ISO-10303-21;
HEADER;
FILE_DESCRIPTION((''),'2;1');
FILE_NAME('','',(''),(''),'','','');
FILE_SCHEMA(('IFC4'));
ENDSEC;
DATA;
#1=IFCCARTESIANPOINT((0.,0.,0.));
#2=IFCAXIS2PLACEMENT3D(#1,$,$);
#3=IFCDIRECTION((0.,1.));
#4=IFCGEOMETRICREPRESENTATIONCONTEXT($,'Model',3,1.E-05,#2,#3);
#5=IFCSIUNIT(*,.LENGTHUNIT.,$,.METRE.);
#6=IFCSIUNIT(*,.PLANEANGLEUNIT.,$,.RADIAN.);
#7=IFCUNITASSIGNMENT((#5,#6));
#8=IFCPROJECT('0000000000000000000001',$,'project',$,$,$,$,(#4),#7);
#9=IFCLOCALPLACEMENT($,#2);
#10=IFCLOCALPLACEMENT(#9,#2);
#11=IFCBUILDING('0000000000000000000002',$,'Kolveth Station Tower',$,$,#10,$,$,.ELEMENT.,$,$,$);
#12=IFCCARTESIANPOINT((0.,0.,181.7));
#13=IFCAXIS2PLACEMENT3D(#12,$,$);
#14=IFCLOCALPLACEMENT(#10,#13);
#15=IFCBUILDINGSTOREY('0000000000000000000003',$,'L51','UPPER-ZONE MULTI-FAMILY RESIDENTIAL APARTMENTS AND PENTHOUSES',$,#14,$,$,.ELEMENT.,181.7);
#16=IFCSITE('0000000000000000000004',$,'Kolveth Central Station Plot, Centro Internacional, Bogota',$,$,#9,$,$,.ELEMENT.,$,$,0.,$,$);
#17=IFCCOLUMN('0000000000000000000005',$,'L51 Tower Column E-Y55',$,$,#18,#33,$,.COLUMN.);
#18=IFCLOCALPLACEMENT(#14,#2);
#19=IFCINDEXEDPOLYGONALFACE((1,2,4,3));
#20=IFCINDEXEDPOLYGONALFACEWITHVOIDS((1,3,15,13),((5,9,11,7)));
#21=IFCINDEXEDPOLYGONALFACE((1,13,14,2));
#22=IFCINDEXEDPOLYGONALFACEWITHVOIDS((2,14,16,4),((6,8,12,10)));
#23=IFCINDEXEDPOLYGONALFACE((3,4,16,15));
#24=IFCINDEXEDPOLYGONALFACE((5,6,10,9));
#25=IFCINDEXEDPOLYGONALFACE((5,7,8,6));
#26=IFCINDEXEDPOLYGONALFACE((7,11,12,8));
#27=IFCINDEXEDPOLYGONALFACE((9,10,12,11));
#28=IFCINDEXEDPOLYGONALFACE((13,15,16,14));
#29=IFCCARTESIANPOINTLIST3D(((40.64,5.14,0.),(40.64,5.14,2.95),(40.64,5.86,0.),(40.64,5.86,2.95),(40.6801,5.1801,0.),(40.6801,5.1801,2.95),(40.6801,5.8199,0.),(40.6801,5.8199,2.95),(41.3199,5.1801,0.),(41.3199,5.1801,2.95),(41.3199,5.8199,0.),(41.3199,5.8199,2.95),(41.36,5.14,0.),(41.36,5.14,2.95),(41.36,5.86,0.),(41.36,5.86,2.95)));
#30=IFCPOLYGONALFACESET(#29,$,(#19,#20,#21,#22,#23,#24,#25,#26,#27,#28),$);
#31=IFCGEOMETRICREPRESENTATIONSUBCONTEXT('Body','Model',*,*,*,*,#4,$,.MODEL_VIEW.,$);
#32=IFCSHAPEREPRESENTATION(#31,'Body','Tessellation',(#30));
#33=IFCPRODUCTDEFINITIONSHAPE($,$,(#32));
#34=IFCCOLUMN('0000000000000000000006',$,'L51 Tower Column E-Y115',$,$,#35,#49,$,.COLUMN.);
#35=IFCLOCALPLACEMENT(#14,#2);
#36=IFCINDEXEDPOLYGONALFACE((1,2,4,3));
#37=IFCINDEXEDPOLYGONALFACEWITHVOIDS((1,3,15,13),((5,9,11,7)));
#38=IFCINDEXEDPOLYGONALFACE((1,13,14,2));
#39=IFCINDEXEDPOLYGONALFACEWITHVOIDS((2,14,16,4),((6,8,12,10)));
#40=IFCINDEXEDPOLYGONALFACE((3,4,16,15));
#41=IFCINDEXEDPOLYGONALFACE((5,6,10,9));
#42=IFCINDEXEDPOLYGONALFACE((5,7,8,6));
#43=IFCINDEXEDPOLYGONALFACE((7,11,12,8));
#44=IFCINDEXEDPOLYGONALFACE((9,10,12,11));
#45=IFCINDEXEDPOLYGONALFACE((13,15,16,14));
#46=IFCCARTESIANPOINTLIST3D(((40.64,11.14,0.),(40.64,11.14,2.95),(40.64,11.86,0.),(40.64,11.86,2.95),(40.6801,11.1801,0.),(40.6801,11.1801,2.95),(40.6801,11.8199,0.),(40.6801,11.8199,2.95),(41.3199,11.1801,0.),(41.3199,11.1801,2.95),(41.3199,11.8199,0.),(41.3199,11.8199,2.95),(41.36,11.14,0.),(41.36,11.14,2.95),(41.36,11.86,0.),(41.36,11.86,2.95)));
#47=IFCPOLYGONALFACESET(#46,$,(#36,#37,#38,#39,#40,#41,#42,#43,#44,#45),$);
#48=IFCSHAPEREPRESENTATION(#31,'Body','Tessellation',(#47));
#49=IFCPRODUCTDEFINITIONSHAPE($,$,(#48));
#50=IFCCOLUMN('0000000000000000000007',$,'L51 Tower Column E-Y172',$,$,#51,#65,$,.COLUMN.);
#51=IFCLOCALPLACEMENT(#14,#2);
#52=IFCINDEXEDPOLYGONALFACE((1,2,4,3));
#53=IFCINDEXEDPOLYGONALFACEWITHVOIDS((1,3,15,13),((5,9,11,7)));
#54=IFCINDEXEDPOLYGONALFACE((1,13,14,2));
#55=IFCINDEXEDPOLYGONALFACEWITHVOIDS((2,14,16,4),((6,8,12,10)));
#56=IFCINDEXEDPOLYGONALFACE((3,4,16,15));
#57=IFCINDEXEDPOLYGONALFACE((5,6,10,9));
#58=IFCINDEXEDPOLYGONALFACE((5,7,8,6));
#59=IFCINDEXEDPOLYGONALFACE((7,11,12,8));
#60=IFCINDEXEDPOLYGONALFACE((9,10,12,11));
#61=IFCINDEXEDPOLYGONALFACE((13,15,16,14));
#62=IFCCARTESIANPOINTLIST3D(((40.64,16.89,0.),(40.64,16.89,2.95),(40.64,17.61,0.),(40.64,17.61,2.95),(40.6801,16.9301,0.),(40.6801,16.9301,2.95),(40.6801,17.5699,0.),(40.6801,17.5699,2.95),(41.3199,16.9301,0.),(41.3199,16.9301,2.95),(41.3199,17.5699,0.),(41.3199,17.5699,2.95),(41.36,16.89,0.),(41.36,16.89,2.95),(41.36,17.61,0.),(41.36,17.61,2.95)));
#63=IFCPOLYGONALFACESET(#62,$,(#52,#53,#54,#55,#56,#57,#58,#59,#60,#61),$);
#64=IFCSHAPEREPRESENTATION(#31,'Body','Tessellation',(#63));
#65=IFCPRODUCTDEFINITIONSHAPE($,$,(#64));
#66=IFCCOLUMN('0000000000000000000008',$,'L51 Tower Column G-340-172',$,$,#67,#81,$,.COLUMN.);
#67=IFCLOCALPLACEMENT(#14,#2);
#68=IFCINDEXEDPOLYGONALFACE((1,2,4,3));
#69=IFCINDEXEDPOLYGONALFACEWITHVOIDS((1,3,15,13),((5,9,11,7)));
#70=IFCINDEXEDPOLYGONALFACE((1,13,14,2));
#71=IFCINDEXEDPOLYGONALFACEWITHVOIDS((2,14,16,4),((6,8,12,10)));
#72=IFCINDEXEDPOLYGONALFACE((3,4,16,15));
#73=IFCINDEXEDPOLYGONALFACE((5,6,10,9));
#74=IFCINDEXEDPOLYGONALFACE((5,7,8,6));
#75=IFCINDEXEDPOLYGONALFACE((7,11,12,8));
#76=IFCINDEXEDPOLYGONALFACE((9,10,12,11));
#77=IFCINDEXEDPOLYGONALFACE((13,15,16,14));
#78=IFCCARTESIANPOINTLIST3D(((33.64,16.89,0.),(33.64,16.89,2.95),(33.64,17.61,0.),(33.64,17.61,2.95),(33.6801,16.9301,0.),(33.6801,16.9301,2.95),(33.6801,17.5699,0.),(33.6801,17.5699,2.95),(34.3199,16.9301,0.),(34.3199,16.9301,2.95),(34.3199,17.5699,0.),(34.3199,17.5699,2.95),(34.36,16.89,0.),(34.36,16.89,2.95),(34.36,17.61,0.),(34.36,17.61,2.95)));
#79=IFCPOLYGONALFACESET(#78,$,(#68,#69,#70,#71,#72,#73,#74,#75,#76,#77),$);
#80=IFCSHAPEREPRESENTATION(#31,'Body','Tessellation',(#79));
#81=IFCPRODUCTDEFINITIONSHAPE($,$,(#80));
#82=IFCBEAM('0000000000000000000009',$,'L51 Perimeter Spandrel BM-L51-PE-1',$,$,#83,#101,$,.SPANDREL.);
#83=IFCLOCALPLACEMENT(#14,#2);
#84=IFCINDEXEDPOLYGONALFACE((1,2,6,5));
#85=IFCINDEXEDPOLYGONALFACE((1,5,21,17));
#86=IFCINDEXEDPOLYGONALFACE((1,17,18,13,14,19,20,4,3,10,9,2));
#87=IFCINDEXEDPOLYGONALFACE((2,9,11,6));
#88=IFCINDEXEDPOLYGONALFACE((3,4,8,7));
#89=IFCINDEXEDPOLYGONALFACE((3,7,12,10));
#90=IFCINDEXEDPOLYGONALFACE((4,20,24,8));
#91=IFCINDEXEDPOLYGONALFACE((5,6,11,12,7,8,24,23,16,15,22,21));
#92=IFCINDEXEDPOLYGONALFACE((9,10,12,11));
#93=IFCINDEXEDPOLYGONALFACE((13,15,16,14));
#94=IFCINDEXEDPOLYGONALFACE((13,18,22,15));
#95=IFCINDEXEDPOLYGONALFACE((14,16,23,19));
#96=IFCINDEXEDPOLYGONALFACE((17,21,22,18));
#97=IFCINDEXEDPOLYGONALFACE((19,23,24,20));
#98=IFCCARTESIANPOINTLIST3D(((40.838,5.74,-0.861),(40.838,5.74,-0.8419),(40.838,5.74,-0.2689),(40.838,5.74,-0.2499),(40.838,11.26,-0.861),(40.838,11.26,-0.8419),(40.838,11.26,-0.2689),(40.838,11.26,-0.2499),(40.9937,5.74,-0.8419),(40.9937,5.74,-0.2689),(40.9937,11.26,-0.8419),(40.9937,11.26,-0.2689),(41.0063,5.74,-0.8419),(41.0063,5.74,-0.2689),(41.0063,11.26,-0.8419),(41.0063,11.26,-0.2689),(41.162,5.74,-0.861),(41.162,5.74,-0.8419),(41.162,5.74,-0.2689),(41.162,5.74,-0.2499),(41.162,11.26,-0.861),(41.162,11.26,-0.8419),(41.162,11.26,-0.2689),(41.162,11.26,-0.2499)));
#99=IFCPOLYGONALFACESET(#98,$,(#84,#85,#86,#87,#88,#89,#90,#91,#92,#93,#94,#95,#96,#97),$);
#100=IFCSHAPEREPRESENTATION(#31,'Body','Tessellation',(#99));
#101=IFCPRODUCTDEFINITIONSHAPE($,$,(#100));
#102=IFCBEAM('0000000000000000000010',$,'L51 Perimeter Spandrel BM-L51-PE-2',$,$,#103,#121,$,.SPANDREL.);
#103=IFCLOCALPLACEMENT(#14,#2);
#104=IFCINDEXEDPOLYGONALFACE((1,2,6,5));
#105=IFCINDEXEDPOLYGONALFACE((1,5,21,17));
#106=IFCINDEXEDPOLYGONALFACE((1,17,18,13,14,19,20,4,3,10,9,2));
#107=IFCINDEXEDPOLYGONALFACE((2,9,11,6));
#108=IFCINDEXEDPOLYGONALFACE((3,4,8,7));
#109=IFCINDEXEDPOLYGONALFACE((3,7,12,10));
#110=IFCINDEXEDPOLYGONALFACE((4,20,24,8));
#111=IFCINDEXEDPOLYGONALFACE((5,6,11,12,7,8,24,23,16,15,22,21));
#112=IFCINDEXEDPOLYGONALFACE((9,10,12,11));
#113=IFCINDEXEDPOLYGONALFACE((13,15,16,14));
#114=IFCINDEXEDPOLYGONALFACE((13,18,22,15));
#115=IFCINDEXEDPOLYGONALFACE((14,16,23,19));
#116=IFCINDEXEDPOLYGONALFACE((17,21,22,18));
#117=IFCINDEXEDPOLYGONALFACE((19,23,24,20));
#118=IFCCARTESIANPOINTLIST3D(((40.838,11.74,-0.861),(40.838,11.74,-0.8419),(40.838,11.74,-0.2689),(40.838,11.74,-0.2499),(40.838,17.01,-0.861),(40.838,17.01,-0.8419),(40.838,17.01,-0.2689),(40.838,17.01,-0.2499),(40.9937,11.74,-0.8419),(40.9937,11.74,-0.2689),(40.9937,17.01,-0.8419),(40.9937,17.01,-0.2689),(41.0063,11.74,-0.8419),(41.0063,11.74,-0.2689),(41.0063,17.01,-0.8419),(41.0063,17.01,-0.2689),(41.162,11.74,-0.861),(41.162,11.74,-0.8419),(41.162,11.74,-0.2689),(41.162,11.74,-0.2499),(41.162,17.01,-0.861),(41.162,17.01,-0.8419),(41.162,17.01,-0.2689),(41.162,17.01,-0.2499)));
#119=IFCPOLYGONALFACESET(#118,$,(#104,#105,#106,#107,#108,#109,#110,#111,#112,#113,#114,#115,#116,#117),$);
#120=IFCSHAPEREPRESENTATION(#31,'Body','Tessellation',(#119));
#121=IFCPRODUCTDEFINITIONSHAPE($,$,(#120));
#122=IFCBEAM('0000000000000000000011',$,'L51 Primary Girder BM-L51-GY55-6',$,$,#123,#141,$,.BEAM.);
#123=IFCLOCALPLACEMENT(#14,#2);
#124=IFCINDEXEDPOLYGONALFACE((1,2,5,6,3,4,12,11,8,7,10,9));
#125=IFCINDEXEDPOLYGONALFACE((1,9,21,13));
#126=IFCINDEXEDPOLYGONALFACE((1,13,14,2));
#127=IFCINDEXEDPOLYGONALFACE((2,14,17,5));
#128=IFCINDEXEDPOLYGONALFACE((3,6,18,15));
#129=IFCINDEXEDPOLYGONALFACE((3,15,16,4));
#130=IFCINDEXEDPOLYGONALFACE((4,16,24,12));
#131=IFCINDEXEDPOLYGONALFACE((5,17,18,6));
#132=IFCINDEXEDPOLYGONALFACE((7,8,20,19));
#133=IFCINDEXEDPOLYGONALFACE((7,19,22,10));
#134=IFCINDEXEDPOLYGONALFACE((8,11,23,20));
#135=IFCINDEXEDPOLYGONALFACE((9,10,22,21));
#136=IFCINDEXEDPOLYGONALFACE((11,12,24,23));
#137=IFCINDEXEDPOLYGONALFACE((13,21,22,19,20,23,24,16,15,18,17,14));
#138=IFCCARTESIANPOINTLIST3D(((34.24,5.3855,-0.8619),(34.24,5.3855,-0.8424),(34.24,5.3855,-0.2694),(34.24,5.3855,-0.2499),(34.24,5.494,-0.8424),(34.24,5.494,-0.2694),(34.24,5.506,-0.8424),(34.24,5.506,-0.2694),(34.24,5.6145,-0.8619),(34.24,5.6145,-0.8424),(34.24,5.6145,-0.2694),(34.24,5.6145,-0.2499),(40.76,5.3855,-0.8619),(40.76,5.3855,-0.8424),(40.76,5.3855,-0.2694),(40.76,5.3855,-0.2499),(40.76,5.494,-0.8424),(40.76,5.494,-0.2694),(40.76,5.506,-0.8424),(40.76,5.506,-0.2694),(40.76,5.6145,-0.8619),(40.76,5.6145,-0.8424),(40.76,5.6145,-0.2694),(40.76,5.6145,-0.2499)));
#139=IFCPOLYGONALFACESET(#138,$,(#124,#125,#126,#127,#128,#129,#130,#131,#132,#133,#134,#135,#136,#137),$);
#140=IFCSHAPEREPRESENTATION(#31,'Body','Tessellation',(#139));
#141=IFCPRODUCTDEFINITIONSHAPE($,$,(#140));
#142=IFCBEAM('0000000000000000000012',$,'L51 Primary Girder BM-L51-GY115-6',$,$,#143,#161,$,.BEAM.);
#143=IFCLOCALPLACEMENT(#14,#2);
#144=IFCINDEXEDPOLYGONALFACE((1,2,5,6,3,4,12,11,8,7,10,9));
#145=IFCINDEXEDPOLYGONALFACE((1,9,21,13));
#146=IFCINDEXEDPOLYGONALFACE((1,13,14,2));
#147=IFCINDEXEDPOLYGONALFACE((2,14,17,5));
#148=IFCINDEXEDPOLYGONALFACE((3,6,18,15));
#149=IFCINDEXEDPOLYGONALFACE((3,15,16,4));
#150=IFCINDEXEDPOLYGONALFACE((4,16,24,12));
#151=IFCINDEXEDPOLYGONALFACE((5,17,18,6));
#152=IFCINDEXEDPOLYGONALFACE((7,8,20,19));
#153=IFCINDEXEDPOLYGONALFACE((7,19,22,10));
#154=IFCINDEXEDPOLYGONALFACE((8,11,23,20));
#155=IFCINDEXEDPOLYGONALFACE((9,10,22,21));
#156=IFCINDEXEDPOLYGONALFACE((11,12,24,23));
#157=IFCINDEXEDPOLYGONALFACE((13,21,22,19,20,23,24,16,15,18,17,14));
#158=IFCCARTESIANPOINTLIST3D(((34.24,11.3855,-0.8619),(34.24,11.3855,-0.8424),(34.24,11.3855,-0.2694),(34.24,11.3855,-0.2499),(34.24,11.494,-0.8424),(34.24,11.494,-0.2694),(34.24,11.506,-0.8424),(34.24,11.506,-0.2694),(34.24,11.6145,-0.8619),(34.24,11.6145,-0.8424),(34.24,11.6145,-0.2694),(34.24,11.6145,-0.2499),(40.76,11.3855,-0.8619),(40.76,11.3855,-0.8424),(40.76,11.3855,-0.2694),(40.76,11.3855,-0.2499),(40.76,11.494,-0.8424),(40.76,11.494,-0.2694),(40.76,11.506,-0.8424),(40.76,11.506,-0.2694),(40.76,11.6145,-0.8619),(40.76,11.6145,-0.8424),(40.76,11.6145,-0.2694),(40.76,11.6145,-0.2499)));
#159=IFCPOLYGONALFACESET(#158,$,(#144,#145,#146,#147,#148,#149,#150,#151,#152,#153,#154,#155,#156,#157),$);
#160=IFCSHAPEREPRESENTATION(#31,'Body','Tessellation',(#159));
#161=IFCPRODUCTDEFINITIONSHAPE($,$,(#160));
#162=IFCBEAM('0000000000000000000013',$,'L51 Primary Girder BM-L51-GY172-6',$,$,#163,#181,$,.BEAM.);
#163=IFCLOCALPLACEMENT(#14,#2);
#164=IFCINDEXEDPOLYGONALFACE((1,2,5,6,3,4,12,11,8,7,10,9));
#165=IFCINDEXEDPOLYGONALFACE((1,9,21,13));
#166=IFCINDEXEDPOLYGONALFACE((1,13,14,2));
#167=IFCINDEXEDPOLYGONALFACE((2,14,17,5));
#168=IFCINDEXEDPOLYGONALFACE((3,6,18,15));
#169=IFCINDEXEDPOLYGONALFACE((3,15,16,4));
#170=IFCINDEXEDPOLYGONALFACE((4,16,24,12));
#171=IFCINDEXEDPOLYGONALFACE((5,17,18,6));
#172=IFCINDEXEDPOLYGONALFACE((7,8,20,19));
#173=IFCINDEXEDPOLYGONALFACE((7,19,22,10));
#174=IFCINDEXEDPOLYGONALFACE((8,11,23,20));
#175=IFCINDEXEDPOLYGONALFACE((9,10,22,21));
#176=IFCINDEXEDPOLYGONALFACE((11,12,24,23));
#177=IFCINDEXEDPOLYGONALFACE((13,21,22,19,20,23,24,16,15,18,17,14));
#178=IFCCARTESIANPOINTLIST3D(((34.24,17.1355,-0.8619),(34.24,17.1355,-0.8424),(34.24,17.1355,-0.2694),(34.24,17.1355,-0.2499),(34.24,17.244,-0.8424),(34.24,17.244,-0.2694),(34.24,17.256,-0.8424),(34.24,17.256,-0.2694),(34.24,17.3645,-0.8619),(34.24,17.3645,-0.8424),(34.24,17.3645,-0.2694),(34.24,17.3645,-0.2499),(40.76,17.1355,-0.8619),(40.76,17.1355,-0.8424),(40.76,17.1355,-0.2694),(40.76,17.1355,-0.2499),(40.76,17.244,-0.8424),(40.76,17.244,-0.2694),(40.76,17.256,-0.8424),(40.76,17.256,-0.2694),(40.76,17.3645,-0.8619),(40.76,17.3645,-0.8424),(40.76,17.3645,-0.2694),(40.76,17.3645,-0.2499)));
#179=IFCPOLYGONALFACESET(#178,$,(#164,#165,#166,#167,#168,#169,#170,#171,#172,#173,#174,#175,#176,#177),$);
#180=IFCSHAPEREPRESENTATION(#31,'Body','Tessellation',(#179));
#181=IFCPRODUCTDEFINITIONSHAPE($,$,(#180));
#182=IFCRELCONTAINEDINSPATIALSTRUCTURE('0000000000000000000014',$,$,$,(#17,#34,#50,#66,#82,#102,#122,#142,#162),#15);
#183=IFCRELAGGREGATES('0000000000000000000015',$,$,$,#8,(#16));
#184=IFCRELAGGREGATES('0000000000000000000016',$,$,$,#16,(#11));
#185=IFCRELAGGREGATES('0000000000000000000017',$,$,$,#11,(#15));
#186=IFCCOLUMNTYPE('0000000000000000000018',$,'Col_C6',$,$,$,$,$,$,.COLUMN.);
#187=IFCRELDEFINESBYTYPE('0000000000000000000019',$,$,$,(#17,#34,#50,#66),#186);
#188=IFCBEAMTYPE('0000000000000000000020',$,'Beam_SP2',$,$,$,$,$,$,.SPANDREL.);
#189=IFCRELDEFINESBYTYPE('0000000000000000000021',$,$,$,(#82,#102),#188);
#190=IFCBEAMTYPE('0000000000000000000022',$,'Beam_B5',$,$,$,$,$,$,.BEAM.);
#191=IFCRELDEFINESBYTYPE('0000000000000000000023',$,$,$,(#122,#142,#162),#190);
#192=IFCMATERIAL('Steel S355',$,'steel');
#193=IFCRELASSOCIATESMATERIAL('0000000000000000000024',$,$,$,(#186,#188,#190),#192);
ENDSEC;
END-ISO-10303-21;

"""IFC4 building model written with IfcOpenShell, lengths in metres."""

from ifc_helpers import new_model, si_unit, direction, frame, origin, origin_2d, place, context, subcontext, project, spatial, hollow_rectangle, i_section, extrude, source, transform, mapped, material, material_profile, profile_set, type_object, element, save


model = new_model("IFC4")

# Units and contexts
model_context = context("Model", 3, precision=1e-05, world=origin(), true_north=direction((0.0, 1.0)))
body_context = subcontext(model_context, "Body", "Model", "MODEL_VIEW")
ifc_project = project(units=[si_unit("LENGTHUNIT", "METRE"), si_unit("PLANEANGLEUNIT", "RADIAN")], contexts=[model_context])

# Site, building, storey
site_placement = place(None, origin())
site = spatial("IfcSite", under=ifc_project, at=site_placement, Name="Kolveth Central Station Plot, Centro Internacional, Bogota", CompositionType="ELEMENT", RefElevation=0.0)
building_placement = place(site_placement, origin())
building = spatial("IfcBuilding", under=site, at=building_placement, Name="Kolveth Station Tower", CompositionType="ELEMENT")
storey_placement = place(building_placement, frame((0.0, 0.0, 181.7)))
storey = spatial("IfcBuildingStorey", under=building, at=storey_placement, Name="L51", Description="UPPER-ZONE MULTI-FAMILY RESIDENTIAL APARTMENTS AND PENTHOUSES", CompositionType="ELEMENT", Elevation=181.7)

# Columns
ifc_material_1 = material(Name="Steel S355", Category="steel")
ifc_material_profile_1 = material_profile(ifc_material_1, hollow_rectangle(XDim=0.72, YDim=0.72, WallThickness=0.04, at=origin_2d()), Name="BOX720x720x40")
ifc_profile_set_1 = profile_set([ifc_material_profile_1], Name="Steel S355")
column_type = type_object("IfcColumnType", Name="Col_C6", PredefinedType="COLUMN", material=ifc_profile_set_1)
shared_shape_1 = source(origin(), body_context, "Body", "SweptSolid", [
    extrude(hollow_rectangle(XDim=0.72, YDim=0.72, WallThickness=0.04, at=origin_2d()), origin(), (0.0, 0.0, 1.0), 2.95),
])
for number, where, z_axis, x_axis, name in (
    (1, (41.0, 5.5, 0.0), (0.0, 0.0, 1.0), (1.0, 0.0, 0.0), "L51 Tower Column E-Y55"),
    (2, (41.0, 11.5, 0.0), (0.0, 0.0, 1.0), (1.0, 0.0, 0.0), "L51 Tower Column E-Y115"),
    (3, (41.0, 17.25, 0.0), (0.0, 0.0, 1.0), (1.0, 0.0, 0.0), "L51 Tower Column E-Y172"),
    (4, (34.0, 17.25, 0.0), (0.0, 0.0, 1.0), (1.0, 0.0, 0.0), "L51 Tower Column G-340-172"),
):
    element("IfcColumn", number, at=place(storey_placement, frame(where, z_axis=z_axis, x_axis=x_axis)), inside=storey, type_object=column_type, Name=name, PredefinedType="COLUMN", context=body_context, shape_type="MappedRepresentation", body=[
        mapped(shared_shape_1, transform((0.0, 0.0, 0.0), x_axis=(1.0, 0.0, 0.0), y_axis=(0.0, 1.0, 0.0), z_axis=(0.0, 0.0, 1.0), scale=1.0)),
    ])

# Beams
ifc_material_profile_2 = material_profile(ifc_material_1, i_section(OverallWidth=0.324, OverallDepth=0.6111, WebThickness=0.0127, FlangeThickness=0.019, at=origin_2d()), Name="W610x155")
ifc_profile_set_2 = profile_set([ifc_material_profile_2], Name="Steel S355")
beam_type_1 = type_object("IfcBeamType", Name="Beam_SP2", PredefinedType="SPANDREL", material=ifc_profile_set_2)
shared_shape_2 = source(origin(), body_context, "Body", "SweptSolid", [
    extrude(i_section(OverallWidth=0.324, OverallDepth=0.6111, WebThickness=0.0127, FlangeThickness=0.019, at=origin_2d()), origin(), (0.0, 0.0, 1.0), 5.52),
])
beam_1_placement = place(storey_placement, frame((41.0, 5.74, -0.5554), z_axis=(0.0, 1.0, 0.0), x_axis=(-1.0, 0.0, 0.0)))
element("IfcBeam", 5, at=beam_1_placement, inside=storey, type_object=beam_type_1, Name="L51 Perimeter Spandrel BM-L51-PE-1", PredefinedType="SPANDREL", context=body_context, shape_type="MappedRepresentation", body=[
    mapped(shared_shape_2, transform((0.0, 0.0, 0.0), x_axis=(1.0, 0.0, 0.0), y_axis=(0.0, 1.0, 0.0), z_axis=(0.0, 0.0, 1.0), scale=1.0)),
])
shared_shape_3 = source(origin(), body_context, "Body", "SweptSolid", [
    extrude(i_section(OverallWidth=0.324, OverallDepth=0.6111, WebThickness=0.0127, FlangeThickness=0.019, at=origin_2d()), origin(), (0.0, 0.0, 1.0), 5.27),
])
beam_2_placement = place(storey_placement, frame((41.0, 11.74, -0.5554), z_axis=(0.0, 1.0, 0.0), x_axis=(-1.0, 0.0, 0.0)))
element("IfcBeam", 6, at=beam_2_placement, inside=storey, type_object=beam_type_1, Name="L51 Perimeter Spandrel BM-L51-PE-2", PredefinedType="SPANDREL", context=body_context, shape_type="MappedRepresentation", body=[
    mapped(shared_shape_3, transform((0.0, 0.0, 0.0), x_axis=(1.0, 0.0, 0.0), y_axis=(0.0, 1.0, 0.0), z_axis=(0.0, 0.0, 1.0), scale=1.0)),
])
ifc_material_profile_3 = material_profile(ifc_material_1, i_section(OverallWidth=0.229, OverallDepth=0.6121, WebThickness=0.012, FlangeThickness=0.0195, at=origin_2d()), Name="W610x125")
ifc_profile_set_3 = profile_set([ifc_material_profile_3], Name="Steel S355")
beam_type_2 = type_object("IfcBeamType", Name="Beam_B5", PredefinedType="BEAM", material=ifc_profile_set_3)
shared_shape_4 = source(origin(), body_context, "Body", "SweptSolid", [
    extrude(i_section(OverallWidth=0.229, OverallDepth=0.6121, WebThickness=0.012, FlangeThickness=0.0195, at=origin_2d()), origin(), (0.0, 0.0, 1.0), 6.52),
])
for number, where, z_axis, x_axis, name in (
    (7, (34.24, 5.5, -0.5559), (1.0, 0.0, 0.0), (0.0, 1.0, 0.0), "L51 Primary Girder BM-L51-GY55-6"),
    (8, (34.24, 11.5, -0.5559), (1.0, 0.0, 0.0), (0.0, 1.0, 0.0), "L51 Primary Girder BM-L51-GY115-6"),
    (9, (34.24, 17.25, -0.5559), (1.0, 0.0, 0.0), (0.0, 1.0, 0.0), "L51 Primary Girder BM-L51-GY172-6"),
):
    element("IfcBeam", number, at=place(storey_placement, frame(where, z_axis=z_axis, x_axis=x_axis)), inside=storey, type_object=beam_type_2, Name=name, PredefinedType="BEAM", context=body_context, shape_type="MappedRepresentation", body=[
        mapped(shared_shape_4, transform((0.0, 0.0, 0.0), x_axis=(1.0, 0.0, 0.0), y_axis=(0.0, 1.0, 0.0), z_axis=(0.0, 0.0, 1.0), scale=1.0)),
    ])

save(model, "model.ifc")
